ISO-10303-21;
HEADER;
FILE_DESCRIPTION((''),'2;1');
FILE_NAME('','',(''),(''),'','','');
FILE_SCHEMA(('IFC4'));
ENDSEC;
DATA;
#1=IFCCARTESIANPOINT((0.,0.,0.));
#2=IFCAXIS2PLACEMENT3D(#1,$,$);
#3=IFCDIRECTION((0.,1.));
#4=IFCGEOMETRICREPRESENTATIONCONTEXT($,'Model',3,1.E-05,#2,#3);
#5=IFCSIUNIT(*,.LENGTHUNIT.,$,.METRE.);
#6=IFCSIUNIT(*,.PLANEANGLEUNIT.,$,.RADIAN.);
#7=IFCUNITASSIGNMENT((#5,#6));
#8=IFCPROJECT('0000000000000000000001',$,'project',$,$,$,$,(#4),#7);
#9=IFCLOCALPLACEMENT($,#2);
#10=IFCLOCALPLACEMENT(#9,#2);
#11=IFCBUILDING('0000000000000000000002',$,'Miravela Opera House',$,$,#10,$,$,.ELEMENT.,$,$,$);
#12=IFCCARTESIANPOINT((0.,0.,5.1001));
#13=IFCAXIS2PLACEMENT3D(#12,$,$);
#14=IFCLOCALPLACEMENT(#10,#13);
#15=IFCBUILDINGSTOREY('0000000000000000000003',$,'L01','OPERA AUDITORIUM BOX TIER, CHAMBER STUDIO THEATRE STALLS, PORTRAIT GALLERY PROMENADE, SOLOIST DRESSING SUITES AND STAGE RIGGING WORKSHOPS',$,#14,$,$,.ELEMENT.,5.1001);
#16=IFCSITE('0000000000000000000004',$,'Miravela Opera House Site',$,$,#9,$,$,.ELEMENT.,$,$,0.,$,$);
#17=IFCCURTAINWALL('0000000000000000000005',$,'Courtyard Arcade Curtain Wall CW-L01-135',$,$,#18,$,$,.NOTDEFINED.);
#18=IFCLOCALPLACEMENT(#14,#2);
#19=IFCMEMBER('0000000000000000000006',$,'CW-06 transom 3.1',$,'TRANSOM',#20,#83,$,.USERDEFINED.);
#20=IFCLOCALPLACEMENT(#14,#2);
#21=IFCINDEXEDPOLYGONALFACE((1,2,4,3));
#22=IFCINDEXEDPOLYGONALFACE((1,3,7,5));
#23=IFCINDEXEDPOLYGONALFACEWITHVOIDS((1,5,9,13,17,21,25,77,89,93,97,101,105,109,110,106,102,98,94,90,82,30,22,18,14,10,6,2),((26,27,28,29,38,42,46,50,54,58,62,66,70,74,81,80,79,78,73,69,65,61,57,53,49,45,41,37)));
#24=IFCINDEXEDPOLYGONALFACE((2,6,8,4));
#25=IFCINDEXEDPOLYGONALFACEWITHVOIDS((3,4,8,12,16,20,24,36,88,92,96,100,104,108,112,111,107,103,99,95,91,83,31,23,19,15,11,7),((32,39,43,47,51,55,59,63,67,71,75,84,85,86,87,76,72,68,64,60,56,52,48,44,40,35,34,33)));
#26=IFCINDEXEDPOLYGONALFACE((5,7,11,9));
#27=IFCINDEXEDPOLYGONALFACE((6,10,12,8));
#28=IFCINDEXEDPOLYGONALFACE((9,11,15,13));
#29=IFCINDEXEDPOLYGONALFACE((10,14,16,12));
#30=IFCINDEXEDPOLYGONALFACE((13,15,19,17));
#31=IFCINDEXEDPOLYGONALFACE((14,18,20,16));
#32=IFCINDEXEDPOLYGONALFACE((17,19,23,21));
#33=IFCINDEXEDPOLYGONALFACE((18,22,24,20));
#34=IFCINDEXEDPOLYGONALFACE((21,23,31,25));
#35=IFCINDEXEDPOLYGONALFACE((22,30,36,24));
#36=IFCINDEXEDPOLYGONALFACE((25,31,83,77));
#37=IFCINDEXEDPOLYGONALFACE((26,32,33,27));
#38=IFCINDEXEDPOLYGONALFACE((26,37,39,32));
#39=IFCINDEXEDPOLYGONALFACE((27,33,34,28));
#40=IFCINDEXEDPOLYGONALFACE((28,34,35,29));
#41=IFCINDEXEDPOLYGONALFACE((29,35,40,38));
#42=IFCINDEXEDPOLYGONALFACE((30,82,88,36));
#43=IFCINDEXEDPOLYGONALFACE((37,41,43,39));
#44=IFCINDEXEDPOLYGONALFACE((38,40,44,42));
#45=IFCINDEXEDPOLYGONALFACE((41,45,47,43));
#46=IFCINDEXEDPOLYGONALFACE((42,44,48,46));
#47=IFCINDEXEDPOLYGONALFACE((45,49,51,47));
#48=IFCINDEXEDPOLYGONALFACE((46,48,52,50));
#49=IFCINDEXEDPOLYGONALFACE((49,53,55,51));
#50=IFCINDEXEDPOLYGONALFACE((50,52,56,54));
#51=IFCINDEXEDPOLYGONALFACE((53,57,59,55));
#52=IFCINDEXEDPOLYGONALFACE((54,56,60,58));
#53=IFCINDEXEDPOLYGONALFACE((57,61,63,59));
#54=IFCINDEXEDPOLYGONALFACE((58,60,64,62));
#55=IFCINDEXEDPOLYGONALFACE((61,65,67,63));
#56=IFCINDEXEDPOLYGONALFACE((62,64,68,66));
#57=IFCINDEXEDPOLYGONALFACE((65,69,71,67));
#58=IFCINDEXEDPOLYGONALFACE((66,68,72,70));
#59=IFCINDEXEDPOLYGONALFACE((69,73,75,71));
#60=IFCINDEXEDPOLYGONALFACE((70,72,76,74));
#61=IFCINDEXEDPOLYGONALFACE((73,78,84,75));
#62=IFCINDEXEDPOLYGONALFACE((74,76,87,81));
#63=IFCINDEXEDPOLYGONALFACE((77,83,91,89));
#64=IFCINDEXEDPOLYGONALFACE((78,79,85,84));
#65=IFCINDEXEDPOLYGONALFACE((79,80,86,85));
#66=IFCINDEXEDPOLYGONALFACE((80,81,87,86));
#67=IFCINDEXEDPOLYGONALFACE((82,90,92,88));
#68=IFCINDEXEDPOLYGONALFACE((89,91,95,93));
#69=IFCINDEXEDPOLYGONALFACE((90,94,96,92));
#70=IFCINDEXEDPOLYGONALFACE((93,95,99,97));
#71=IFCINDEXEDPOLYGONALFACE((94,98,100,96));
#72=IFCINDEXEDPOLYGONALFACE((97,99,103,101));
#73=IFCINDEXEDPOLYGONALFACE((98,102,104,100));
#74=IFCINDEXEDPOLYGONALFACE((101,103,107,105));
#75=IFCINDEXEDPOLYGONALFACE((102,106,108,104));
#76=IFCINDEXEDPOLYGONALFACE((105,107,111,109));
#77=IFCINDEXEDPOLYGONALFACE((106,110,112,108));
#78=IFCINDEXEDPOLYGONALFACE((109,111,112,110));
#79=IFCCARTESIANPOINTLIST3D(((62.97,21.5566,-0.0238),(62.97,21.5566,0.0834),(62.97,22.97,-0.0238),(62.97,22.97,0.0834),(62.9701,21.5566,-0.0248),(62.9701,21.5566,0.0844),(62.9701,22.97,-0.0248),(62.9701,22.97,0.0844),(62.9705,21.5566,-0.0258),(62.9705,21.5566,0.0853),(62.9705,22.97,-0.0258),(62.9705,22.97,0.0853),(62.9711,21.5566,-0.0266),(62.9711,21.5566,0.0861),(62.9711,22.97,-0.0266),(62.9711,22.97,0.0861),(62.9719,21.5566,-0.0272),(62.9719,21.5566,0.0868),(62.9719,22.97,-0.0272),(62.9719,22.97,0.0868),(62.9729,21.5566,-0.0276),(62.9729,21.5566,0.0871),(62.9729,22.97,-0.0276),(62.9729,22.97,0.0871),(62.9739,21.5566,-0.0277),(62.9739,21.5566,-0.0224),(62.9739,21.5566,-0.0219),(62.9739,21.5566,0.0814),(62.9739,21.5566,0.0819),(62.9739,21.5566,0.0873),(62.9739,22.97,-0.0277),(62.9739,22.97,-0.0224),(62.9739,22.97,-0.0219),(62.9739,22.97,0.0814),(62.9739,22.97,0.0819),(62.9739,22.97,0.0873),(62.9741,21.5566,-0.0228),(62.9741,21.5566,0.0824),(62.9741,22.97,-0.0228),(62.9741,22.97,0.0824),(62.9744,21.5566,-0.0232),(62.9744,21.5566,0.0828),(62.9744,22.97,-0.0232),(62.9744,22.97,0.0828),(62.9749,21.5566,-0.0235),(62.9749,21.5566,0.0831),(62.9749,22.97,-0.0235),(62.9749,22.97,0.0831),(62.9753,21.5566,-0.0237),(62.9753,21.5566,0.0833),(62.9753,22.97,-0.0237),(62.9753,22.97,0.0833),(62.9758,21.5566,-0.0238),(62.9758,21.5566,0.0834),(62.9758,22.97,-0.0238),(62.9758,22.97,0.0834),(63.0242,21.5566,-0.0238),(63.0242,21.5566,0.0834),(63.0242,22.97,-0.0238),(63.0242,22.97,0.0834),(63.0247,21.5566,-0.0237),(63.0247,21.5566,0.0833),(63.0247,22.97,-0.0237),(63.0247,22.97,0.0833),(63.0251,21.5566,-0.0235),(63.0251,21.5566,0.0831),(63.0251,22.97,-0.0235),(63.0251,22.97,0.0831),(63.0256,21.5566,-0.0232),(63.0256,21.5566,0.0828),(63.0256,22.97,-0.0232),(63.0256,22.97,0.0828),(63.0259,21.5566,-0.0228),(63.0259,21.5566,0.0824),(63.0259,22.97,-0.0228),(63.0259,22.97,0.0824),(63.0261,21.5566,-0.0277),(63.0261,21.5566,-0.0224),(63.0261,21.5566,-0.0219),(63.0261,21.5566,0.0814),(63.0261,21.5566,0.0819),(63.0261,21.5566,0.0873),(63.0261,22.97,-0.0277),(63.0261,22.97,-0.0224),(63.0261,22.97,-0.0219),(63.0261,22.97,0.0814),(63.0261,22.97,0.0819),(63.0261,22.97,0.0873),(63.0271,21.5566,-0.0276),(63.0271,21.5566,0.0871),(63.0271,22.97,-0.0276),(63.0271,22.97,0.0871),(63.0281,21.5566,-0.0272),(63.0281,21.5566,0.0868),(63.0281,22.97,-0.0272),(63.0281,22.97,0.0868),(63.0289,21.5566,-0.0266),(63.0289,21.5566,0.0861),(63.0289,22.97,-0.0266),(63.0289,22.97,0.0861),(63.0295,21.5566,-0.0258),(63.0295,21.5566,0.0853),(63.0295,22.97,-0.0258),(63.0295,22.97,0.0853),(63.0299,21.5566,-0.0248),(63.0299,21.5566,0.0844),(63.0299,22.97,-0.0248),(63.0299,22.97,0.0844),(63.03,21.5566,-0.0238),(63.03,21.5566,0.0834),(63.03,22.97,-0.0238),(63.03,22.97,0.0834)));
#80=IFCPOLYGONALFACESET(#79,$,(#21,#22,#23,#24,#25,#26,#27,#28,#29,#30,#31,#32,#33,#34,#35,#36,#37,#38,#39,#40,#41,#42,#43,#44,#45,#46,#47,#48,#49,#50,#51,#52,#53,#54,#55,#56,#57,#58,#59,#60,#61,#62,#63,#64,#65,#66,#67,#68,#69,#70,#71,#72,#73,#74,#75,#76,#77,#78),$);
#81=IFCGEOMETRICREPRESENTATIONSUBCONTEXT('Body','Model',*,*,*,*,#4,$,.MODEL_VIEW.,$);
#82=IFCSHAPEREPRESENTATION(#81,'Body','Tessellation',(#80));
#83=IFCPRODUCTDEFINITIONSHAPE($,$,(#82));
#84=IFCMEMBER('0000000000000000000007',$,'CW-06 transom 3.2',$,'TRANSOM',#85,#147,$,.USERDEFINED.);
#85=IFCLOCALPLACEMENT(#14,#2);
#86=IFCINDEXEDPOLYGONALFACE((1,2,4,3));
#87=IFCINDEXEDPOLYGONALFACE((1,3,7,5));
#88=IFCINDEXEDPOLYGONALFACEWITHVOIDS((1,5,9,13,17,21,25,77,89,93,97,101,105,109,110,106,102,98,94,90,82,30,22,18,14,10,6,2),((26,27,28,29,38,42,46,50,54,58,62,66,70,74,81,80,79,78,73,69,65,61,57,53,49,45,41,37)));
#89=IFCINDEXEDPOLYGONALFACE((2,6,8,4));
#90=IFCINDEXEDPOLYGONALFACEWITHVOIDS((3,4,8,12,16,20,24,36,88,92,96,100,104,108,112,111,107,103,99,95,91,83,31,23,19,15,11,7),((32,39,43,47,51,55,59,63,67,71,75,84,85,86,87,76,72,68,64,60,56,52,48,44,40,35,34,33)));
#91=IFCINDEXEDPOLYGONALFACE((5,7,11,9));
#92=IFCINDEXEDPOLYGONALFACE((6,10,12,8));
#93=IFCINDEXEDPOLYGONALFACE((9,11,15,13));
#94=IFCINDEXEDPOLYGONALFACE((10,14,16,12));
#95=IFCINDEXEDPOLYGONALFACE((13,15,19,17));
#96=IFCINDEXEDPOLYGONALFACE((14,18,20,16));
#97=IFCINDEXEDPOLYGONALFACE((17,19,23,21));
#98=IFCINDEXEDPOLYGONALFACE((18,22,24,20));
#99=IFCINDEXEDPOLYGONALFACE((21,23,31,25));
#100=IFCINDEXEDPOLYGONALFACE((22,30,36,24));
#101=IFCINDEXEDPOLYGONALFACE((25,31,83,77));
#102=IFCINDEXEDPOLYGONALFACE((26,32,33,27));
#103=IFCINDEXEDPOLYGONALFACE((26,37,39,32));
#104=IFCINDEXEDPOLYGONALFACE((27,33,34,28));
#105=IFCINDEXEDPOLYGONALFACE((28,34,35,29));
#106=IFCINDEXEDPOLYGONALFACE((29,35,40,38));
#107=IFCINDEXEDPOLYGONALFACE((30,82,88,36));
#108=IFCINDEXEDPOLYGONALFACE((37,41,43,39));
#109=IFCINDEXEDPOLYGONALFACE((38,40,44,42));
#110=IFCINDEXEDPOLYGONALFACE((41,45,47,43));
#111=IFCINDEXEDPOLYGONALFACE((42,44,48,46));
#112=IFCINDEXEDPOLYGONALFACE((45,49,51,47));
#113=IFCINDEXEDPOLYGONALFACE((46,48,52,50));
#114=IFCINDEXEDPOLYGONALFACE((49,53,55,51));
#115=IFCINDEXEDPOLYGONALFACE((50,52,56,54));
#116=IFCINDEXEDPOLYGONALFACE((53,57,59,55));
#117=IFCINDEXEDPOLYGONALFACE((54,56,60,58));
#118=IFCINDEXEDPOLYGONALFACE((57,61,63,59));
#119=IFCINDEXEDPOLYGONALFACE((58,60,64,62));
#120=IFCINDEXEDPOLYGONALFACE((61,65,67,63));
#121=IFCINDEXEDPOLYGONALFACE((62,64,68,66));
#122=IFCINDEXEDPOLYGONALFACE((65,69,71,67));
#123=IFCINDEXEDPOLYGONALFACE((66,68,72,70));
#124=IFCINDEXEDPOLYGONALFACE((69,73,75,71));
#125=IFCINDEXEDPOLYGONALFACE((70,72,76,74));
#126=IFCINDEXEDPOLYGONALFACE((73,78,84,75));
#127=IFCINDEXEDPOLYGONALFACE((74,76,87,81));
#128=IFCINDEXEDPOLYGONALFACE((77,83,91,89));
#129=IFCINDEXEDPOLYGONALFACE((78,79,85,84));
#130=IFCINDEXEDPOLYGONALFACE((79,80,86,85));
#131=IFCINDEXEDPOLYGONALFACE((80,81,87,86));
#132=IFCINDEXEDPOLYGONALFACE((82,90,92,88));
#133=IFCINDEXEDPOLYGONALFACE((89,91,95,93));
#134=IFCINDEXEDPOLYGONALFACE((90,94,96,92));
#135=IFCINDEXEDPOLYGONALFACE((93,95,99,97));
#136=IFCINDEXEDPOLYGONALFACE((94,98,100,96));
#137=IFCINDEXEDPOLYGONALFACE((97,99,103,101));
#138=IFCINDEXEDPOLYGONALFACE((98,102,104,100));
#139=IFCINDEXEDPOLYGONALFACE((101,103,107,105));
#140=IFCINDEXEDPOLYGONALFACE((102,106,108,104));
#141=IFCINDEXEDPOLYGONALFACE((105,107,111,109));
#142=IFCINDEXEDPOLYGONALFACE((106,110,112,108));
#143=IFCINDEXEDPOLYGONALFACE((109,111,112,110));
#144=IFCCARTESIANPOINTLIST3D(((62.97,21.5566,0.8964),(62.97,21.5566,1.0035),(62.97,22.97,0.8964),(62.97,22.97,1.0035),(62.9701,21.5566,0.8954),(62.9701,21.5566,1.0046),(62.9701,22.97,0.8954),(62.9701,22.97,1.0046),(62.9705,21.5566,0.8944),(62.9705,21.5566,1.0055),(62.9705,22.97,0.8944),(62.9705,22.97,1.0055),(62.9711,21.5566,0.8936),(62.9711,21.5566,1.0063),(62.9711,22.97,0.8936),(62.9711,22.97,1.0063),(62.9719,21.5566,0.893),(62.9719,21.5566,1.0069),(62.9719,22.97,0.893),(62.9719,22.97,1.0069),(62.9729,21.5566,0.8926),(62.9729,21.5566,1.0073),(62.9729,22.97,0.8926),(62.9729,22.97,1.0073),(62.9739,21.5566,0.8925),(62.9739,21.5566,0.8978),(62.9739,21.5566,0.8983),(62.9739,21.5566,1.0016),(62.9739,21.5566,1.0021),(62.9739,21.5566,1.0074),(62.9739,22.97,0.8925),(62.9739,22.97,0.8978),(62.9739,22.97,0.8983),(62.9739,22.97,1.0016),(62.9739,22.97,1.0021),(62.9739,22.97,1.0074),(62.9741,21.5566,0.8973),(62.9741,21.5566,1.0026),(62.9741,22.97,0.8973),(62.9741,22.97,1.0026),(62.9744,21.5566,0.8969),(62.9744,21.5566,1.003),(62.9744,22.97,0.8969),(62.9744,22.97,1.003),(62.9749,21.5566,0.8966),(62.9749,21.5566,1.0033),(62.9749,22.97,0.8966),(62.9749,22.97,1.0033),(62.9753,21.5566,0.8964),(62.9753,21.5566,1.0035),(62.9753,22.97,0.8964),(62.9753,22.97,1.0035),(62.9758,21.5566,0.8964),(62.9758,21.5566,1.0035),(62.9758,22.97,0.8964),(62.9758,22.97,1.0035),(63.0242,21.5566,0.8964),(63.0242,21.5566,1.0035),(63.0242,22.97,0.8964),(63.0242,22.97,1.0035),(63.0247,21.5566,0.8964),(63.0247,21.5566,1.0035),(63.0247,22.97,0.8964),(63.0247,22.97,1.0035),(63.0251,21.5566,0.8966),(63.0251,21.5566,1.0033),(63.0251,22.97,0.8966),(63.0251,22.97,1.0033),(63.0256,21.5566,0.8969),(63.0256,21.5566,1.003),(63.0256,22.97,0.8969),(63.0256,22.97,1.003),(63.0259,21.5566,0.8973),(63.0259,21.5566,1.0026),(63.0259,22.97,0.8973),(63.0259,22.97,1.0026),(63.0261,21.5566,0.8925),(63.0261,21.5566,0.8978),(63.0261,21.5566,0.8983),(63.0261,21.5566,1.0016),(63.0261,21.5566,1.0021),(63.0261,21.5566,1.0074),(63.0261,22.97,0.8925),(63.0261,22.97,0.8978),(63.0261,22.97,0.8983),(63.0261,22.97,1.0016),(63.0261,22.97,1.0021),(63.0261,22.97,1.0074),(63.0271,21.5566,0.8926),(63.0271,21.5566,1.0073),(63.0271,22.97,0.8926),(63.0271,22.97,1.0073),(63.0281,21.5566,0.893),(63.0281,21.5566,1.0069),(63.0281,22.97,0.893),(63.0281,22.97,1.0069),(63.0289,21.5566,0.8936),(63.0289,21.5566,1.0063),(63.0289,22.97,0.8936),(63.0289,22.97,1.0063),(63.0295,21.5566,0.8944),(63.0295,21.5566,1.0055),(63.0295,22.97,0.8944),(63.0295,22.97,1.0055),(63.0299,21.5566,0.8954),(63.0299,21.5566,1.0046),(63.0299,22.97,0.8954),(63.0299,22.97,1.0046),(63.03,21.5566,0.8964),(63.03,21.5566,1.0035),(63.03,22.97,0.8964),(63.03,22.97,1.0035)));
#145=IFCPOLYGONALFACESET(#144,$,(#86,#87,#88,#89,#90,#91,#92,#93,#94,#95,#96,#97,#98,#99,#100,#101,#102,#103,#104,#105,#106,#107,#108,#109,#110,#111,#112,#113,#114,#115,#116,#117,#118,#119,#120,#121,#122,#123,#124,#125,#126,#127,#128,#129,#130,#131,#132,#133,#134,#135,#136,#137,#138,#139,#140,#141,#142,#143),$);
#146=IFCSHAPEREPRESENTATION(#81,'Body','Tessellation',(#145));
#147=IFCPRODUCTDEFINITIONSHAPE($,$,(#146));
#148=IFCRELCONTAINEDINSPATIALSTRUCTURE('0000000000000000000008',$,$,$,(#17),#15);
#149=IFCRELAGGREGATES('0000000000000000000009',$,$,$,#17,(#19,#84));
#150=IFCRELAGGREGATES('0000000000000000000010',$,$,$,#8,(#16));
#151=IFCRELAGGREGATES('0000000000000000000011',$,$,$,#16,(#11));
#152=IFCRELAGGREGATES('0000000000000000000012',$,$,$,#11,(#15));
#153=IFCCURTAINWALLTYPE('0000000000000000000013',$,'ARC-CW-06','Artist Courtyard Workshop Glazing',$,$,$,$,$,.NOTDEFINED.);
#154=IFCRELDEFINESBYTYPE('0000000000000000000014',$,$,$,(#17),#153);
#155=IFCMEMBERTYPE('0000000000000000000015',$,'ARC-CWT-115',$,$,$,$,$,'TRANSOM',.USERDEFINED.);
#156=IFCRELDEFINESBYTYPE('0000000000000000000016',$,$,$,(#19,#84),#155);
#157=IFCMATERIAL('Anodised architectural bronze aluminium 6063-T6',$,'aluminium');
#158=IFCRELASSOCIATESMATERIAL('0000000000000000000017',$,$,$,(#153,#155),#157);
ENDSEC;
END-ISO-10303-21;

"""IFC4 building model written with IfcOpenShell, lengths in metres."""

from ifc_helpers import new_model, si_unit, direction, frame, origin, origin_2d, place, context, subcontext, project, spatial, hollow_rectangle, extrude, material, material_profile, profile_set, type_object, element, aggregate, save


model = new_model("IFC4")

# Units and contexts
model_context = context("Model", 3, precision=1e-05, world=origin(), true_north=direction((0.0, 1.0)))
body_context = subcontext(model_context, "Body", "Model", "MODEL_VIEW")
ifc_project = project(units=[si_unit("LENGTHUNIT", "METRE"), si_unit("PLANEANGLEUNIT", "RADIAN")], contexts=[model_context])

# Site, building, storey
site_placement = place(None, origin())
site = spatial("IfcSite", under=ifc_project, at=site_placement, Name="Miravela Opera House Site", CompositionType="ELEMENT", RefElevation=0.0)
building_placement = place(site_placement, origin())
building = spatial("IfcBuilding", under=site, at=building_placement, Name="Miravela Opera House", CompositionType="ELEMENT")
storey_placement = place(building_placement, frame((0.0, 0.0, 5.1001)))
storey = spatial("IfcBuildingStorey", under=building, at=storey_placement, Name="L01", Description="OPERA AUDITORIUM BOX TIER, CHAMBER STUDIO THEATRE STALLS, PORTRAIT GALLERY PROMENADE, SOLOIST DRESSING SUITES AND STAGE RIGGING WORKSHOPS", CompositionType="ELEMENT", Elevation=5.1001)

# Shared definitions
ifc_material_1 = material(Name="Anodised architectural bronze aluminium 6063-T6", Category="aluminium")
curtain_wall_type = type_object("IfcCurtainWallType", Name="ARC-CW-06", Description="Artist Courtyard Workshop Glazing", PredefinedType="NOTDEFINED", material=ifc_material_1)

# Curtain wall, members
curtain_wall_1_placement = place(storey_placement, origin())
curtain_wall_1 = element("IfcCurtainWall", 1, at=curtain_wall_1_placement, inside=storey, type_object=curtain_wall_type, Name="Courtyard Arcade Curtain Wall CW-L01-135", PredefinedType="NOTDEFINED")
ifc_material_profile_1 = material_profile(ifc_material_1, hollow_rectangle(XDim=0.0601, YDim=0.115, WallThickness=0.0039, InnerFilletRadius=0.002, OuterFilletRadius=0.0039, at=origin_2d()), Name="CWT-60X115")
ifc_profile_set_1 = profile_set([ifc_material_profile_1])
member_type_1 = type_object("IfcMemberType", Name="ARC-CWT-115", ElementType="TRANSOM", PredefinedType="USERDEFINED", material=ifc_profile_set_1)
member_1_placement = place(storey_placement, frame((63.0, 21.5566, 0.0298), z_axis=(0.0, 1.0, 0.0), x_axis=(-1.0, 0.0, 0.0)))
member_1 = element("IfcMember", 2, at=member_1_placement, type_object=member_type_1, Name="CW-06 transom 3.1", ObjectType="TRANSOM", PredefinedType="USERDEFINED", context=body_context, shape_type="SweptSolid", body=[
    extrude(hollow_rectangle(XDim=0.0601, YDim=0.115, WallThickness=0.0039, InnerFilletRadius=0.002, OuterFilletRadius=0.0039, at=origin_2d()), origin(), (0.0, 0.0, 1.0), 1.4133),
])
member_2_placement = place(storey_placement, frame((63.0, 21.5566, 0.95), z_axis=(0.0, 1.0, 0.0), x_axis=(-1.0, 0.0, 0.0)))
member_2 = element("IfcMember", 3, at=member_2_placement, type_object=member_type_1, Name="CW-06 transom 3.2", ObjectType="TRANSOM", PredefinedType="USERDEFINED", context=body_context, shape_type="SweptSolid", body=[
    extrude(hollow_rectangle(XDim=0.0601, YDim=0.115, WallThickness=0.0039, InnerFilletRadius=0.002, OuterFilletRadius=0.0039, at=origin_2d()), origin(), (0.0, 0.0, 1.0), 1.4133),
])

aggregate(curtain_wall_1, [member_1, member_2])

save(model, "model.ifc")
